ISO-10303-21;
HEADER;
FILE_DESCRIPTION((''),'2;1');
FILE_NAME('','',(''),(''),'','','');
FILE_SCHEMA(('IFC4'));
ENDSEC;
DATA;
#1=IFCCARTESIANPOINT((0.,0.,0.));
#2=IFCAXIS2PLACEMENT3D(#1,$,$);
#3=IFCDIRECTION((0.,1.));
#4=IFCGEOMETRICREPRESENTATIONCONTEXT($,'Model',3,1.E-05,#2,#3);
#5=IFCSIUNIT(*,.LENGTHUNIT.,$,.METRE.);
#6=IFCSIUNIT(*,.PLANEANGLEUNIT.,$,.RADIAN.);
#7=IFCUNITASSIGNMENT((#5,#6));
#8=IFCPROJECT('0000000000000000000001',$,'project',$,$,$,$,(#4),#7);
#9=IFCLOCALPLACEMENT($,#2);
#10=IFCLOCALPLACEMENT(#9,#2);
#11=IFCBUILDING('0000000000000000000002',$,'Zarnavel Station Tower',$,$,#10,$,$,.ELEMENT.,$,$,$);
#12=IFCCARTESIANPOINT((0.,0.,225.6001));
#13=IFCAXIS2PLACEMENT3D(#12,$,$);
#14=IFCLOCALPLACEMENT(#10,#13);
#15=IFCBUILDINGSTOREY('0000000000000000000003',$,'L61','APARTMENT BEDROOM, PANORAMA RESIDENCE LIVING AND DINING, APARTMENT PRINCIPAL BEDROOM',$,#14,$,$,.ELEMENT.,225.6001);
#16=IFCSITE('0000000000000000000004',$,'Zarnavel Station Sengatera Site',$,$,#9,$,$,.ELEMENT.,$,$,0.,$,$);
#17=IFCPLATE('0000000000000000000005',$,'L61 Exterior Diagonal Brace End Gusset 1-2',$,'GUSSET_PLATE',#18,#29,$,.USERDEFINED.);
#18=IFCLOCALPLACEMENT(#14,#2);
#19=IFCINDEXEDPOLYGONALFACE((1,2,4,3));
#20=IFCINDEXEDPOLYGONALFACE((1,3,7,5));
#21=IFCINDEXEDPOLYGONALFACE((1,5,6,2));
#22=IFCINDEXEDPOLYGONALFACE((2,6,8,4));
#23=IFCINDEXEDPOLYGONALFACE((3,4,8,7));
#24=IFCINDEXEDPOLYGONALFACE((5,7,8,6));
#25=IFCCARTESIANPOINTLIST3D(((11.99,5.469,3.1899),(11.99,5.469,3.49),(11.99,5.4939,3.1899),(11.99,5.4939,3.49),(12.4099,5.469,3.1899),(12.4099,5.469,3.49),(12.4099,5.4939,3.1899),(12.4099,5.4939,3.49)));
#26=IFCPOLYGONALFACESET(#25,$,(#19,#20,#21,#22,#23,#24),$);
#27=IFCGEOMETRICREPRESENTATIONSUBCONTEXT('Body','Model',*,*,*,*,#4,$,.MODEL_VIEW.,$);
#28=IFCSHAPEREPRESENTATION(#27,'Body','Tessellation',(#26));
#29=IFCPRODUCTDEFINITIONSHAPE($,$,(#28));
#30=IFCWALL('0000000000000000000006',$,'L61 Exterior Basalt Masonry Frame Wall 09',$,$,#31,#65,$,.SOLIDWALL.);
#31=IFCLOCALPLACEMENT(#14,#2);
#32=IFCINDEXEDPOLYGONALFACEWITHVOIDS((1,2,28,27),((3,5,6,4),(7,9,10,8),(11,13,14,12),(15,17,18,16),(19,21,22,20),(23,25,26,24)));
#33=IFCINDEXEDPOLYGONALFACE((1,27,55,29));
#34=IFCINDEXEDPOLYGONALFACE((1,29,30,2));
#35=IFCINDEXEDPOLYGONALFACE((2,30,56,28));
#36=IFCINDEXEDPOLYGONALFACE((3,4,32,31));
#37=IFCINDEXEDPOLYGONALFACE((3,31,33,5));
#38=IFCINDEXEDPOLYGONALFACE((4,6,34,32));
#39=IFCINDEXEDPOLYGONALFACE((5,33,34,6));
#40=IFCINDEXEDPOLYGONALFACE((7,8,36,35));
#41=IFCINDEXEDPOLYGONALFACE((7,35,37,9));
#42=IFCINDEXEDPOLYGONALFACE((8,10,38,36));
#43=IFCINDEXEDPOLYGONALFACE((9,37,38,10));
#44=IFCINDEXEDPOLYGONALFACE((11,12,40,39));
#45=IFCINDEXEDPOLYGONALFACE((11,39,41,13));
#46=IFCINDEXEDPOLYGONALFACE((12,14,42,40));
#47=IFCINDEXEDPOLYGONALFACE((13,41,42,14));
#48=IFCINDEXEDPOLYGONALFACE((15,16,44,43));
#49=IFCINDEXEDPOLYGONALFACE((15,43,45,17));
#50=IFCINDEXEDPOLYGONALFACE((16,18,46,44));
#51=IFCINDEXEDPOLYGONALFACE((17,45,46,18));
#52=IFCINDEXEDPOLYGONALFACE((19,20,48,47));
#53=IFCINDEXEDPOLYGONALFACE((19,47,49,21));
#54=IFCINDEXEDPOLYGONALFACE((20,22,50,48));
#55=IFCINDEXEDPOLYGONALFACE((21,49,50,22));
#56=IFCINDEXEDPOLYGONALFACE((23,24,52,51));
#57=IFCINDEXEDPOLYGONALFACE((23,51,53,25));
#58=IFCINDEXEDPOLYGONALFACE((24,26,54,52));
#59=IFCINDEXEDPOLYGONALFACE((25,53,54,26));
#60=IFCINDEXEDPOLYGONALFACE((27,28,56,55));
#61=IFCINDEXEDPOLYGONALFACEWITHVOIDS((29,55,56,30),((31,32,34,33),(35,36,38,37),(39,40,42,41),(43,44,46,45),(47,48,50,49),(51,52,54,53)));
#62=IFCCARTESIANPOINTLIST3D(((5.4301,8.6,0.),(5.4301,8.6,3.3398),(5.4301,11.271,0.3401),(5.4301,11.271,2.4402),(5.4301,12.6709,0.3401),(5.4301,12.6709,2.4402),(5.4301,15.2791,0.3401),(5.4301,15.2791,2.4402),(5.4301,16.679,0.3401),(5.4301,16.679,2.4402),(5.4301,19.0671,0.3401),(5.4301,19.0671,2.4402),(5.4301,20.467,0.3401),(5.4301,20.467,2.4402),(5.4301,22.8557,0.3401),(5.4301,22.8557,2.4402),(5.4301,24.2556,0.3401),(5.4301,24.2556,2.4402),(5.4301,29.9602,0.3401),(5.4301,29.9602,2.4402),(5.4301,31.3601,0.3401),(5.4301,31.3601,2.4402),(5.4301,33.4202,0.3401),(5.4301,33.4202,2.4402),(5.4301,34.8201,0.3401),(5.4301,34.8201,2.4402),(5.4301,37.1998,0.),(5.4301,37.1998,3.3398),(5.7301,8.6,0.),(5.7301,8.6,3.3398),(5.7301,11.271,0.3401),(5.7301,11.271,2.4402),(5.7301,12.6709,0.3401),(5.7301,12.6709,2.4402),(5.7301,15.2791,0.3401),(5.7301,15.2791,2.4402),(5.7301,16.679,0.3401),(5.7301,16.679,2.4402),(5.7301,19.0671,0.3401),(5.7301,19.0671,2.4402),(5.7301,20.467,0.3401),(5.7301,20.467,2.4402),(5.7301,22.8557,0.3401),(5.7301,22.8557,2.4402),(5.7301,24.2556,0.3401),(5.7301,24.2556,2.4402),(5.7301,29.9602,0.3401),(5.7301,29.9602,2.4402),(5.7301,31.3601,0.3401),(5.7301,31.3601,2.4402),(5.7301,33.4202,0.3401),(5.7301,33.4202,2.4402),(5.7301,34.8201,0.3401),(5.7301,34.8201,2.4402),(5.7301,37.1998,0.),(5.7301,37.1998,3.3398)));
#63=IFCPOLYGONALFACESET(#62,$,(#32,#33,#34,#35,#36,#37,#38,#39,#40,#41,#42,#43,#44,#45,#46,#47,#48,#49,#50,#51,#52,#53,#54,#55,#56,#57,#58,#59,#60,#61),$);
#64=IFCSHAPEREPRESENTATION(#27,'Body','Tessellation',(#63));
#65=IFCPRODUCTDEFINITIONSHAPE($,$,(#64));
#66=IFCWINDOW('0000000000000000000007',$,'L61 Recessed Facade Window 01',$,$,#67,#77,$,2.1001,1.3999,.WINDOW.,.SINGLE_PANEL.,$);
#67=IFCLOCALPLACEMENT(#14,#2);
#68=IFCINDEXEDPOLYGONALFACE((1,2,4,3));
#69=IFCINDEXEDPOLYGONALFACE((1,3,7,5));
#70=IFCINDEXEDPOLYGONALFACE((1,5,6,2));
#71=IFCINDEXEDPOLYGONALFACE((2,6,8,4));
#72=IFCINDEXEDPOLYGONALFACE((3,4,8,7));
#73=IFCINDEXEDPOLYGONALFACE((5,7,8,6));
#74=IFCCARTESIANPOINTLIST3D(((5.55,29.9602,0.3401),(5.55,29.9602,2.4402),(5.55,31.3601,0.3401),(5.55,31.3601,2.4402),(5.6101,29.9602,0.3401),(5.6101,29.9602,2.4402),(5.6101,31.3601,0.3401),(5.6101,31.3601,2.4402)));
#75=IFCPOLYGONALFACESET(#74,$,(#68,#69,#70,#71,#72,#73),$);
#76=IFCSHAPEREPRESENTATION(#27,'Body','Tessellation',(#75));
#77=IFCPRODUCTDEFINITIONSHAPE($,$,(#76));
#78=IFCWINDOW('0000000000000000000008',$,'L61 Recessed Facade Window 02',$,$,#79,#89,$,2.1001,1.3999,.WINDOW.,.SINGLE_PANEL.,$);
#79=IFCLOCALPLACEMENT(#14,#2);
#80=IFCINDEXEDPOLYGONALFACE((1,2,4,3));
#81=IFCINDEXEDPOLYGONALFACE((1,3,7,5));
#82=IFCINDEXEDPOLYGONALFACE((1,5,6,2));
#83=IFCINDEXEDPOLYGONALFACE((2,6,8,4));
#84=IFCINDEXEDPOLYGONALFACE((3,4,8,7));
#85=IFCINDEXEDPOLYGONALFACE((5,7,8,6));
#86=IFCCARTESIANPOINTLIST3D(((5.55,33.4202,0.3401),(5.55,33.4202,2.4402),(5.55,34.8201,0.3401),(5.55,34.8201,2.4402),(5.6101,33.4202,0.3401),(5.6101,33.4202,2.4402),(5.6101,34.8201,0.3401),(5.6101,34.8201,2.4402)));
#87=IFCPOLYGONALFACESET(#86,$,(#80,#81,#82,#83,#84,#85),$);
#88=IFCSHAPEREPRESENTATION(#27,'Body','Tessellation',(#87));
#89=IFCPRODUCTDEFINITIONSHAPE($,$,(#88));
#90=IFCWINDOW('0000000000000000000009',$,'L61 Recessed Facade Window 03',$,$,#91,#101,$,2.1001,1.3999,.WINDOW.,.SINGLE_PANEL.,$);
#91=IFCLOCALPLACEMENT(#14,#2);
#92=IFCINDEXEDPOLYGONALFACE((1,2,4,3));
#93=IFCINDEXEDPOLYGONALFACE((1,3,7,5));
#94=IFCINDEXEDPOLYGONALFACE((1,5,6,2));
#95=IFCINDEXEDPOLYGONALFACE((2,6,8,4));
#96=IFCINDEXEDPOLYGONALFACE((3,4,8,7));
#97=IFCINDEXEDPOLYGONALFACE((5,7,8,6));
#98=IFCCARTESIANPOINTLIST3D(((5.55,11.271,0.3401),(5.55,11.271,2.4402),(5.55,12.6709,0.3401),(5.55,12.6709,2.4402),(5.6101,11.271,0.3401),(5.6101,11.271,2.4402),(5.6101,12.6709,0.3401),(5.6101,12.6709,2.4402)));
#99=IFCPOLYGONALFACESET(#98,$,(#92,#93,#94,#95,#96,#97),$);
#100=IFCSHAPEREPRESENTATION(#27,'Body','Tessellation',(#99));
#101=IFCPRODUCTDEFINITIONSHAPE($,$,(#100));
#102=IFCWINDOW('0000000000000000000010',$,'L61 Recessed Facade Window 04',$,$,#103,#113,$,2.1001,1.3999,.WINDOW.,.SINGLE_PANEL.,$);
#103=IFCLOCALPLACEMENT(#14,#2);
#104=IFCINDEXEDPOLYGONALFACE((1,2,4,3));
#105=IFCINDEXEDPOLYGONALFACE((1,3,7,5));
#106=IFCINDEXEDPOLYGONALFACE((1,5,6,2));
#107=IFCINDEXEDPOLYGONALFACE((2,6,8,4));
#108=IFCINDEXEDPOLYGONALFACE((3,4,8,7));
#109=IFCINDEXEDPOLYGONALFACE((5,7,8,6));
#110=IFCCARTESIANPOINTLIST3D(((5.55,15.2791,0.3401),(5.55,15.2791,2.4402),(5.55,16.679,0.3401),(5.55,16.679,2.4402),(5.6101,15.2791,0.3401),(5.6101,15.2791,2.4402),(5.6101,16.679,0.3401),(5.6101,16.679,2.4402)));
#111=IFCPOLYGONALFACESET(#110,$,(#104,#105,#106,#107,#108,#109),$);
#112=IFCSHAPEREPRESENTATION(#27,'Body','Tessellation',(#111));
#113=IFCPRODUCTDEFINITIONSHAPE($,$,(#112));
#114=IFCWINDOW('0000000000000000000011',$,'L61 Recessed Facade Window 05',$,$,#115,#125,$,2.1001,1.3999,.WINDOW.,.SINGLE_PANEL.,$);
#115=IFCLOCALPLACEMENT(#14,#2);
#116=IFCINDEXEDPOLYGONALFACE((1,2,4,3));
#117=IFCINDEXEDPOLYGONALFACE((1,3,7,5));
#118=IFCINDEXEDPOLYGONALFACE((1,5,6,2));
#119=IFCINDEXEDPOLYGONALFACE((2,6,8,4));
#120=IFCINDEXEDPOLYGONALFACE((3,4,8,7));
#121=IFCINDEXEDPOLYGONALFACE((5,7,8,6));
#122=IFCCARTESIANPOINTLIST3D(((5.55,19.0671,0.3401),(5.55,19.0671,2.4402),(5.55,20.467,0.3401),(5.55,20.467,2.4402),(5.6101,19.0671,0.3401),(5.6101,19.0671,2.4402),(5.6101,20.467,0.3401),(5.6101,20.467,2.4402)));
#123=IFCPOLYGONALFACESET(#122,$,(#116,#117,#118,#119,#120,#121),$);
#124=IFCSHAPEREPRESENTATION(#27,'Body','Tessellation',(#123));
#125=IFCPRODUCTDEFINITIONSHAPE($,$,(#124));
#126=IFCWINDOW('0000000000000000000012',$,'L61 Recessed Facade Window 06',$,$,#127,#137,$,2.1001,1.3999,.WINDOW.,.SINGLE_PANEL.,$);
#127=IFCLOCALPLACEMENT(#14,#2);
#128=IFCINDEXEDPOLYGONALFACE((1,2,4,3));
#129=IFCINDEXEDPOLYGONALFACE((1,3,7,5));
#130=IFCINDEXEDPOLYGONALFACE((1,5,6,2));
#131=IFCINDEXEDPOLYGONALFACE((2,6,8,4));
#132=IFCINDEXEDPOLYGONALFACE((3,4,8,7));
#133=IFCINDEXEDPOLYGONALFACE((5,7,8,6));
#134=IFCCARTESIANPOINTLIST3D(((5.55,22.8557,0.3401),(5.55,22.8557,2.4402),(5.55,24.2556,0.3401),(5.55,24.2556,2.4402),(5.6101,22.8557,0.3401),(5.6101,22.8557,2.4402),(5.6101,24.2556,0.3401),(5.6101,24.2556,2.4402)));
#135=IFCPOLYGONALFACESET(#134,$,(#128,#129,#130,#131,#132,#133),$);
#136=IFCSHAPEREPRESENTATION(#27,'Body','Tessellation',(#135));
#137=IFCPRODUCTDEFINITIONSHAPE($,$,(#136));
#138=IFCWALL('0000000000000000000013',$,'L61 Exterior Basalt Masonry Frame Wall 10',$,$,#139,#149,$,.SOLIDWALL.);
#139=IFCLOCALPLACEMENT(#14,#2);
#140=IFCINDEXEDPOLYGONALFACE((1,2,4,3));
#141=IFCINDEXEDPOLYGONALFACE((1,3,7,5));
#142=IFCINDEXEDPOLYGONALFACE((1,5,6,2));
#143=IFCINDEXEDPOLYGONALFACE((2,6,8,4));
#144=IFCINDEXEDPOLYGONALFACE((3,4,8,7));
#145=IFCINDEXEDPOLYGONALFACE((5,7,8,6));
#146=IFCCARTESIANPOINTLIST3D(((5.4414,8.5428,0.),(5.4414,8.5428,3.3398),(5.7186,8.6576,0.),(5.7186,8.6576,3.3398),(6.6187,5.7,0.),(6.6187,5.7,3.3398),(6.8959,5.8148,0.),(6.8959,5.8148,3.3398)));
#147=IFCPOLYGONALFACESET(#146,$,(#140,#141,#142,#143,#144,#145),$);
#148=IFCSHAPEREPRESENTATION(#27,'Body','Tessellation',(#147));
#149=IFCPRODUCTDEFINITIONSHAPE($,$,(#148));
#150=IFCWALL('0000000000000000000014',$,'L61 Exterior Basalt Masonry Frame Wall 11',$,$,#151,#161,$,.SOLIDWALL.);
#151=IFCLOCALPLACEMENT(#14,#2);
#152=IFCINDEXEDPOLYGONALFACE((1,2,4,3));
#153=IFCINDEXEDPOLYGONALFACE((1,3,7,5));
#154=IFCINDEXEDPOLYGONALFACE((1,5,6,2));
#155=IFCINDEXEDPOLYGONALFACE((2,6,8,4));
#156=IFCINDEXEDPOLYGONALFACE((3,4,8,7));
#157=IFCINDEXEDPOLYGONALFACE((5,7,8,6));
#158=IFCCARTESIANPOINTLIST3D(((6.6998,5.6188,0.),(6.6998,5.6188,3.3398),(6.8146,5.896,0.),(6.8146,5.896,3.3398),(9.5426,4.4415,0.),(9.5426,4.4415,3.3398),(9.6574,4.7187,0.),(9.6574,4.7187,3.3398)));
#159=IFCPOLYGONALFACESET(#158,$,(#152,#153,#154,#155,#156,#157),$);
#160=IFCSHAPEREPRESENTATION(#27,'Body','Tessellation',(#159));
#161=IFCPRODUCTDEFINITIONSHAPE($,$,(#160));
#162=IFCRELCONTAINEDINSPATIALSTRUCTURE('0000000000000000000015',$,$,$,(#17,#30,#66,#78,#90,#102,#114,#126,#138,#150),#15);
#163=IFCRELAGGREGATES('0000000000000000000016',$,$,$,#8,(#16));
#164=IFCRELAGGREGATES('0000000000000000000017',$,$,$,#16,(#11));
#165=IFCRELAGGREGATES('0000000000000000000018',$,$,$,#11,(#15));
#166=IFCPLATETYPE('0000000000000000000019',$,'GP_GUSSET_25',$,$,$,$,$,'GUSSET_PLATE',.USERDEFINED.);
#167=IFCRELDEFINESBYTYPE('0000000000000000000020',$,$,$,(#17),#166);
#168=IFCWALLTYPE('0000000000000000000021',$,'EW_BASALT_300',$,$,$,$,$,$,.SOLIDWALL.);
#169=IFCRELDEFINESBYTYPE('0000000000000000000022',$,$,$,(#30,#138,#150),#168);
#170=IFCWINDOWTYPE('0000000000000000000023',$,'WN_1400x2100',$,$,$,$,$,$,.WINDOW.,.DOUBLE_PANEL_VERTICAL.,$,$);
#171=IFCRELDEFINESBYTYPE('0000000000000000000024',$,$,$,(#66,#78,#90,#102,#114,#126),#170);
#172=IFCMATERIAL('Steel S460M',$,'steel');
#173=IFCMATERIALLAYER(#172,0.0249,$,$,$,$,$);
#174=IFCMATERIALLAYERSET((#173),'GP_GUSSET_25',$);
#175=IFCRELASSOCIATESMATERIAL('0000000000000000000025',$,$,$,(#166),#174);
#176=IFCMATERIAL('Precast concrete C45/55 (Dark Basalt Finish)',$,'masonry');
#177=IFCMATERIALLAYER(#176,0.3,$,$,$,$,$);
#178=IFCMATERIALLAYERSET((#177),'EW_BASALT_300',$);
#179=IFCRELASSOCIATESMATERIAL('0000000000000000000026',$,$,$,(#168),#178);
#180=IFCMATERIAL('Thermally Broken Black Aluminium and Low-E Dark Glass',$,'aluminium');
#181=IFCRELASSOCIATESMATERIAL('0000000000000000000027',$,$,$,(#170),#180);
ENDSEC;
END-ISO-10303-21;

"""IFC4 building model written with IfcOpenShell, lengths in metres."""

from ifc_helpers import new_model, si_unit, direction, frame, frame_2d, origin, origin_2d, place, context, subcontext, project, spatial, rectangle, extrude, material, layer, layer_set, type_object, element, fill, save


model = new_model("IFC4")

# Units and contexts
model_context = context("Model", 3, precision=1e-05, world=origin(), true_north=direction((0.0, 1.0)))
body_context = subcontext(model_context, "Body", "Model", "MODEL_VIEW")
ifc_project = project(units=[si_unit("LENGTHUNIT", "METRE"), si_unit("PLANEANGLEUNIT", "RADIAN")], contexts=[model_context])

# Site, building, storey
site_placement = place(None, origin())
site = spatial("IfcSite", under=ifc_project, at=site_placement, Name="Zarnavel Station Sengatera Site", CompositionType="ELEMENT", RefElevation=0.0)
building_placement = place(site_placement, origin())
building = spatial("IfcBuilding", under=site, at=building_placement, Name="Zarnavel Station Tower", CompositionType="ELEMENT")
storey_placement = place(building_placement, frame((0.0, 0.0, 225.6001)))
storey = spatial("IfcBuildingStorey", under=building, at=storey_placement, Name="L61", Description="APARTMENT BEDROOM, PANORAMA RESIDENCE LIVING AND DINING, APARTMENT PRINCIPAL BEDROOM", CompositionType="ELEMENT", Elevation=225.6001)

# Plate
ifc_material_1 = material(Name="Steel S460M", Category="steel")
ifc_layer_1 = layer(ifc_material_1, 0.0249)
ifc_layer_set_1 = layer_set([ifc_layer_1], Name="GP_GUSSET_25")
plate_type = type_object("IfcPlateType", Name="GP_GUSSET_25", ElementType="GUSSET_PLATE", PredefinedType="USERDEFINED", material=ifc_layer_set_1)
plate_placement = place(storey_placement, frame((12.2, 5.4814, 3.1899), z_axis=(0.0, 0.0, 1.0), x_axis=(1.0, 0.0, 0.0)))
element("IfcPlate", 1, at=plate_placement, inside=storey, type_object=plate_type, Name="L61 Exterior Diagonal Brace End Gusset 1-2", ObjectType="GUSSET_PLATE", PredefinedType="USERDEFINED", context=body_context, shape_type="SweptSolid", body=[
    extrude(rectangle(XDim=0.4199, YDim=0.0249, at=origin_2d()), origin(), (0.0, 0.0, 1.0), 0.3),
])

# Wall, openings, windows
ifc_material_2 = material(Name="Precast concrete C45/55 (Dark Basalt Finish)", Category="masonry")
ifc_layer_2 = layer(ifc_material_2, 0.3)
ifc_layer_set_2 = layer_set([ifc_layer_2], Name="EW_BASALT_300")
wall_type_1 = type_object("IfcWallType", Name="EW_BASALT_300", PredefinedType="SOLIDWALL", material=ifc_layer_set_2)
wall_1_placement = place(storey_placement, frame((5.5801, 8.6001, 0.0), z_axis=(0.0, 0.0, 1.0), x_axis=(0.0, 1.0, 0.0)))
wall_1 = element("IfcWall", 2, at=wall_1_placement, inside=storey, type_object=wall_type_1, Name="L61 Exterior Basalt Masonry Frame Wall 09", PredefinedType="SOLIDWALL", context=body_context, shape_type="SweptSolid", body=[
    extrude(rectangle(XDim=28.5999, YDim=0.3, at=frame_2d((14.2998, 0.0))), origin(), (0.0, 0.0, 1.0), 3.3398),
])
opening_1_placement = place(wall_1_placement, frame((21.3601, 0.0, 0.3401)))
opening_1 = element("IfcOpeningElement", 3, at=opening_1_placement, cuts=wall_1, PredefinedType="OPENING", context=body_context, shape_type="SweptSolid", body=[
    extrude(rectangle(XDim=1.3999, YDim=2.1001, at=frame_2d((0.7, 1.05))), frame((0.0, 0.1599, 0.0), z_axis=(0.0, -1.0, 0.0), x_axis=(1.0, 0.0, 0.0)), (0.0, 0.0, 1.0), 0.3201),
])
opening_2_placement = place(wall_1_placement, frame((24.8201, 0.0, 0.3401)))
opening_2 = element("IfcOpeningElement", 4, at=opening_2_placement, cuts=wall_1, PredefinedType="OPENING", context=body_context, shape_type="SweptSolid", body=[
    extrude(rectangle(XDim=1.3999, YDim=2.1001, at=frame_2d((0.7, 1.05))), frame((0.0, 0.1599, 0.0), z_axis=(0.0, -1.0, 0.0), x_axis=(1.0, 0.0, 0.0)), (0.0, 0.0, 1.0), 0.3201),
])
opening_3_placement = place(wall_1_placement, frame((2.6709, 0.0, 0.3401)))
opening_3 = element("IfcOpeningElement", 5, at=opening_3_placement, cuts=wall_1, PredefinedType="OPENING", context=body_context, shape_type="SweptSolid", body=[
    extrude(rectangle(XDim=1.3999, YDim=2.1001, at=frame_2d((0.7, 1.05))), frame((0.0, 0.1599, 0.0), z_axis=(0.0, -1.0, 0.0), x_axis=(1.0, 0.0, 0.0)), (0.0, 0.0, 1.0), 0.3201),
])
opening_4_placement = place(wall_1_placement, frame((6.679, 0.0, 0.3401)))
opening_4 = element("IfcOpeningElement", 6, at=opening_4_placement, cuts=wall_1, PredefinedType="OPENING", context=body_context, shape_type="SweptSolid", body=[
    extrude(rectangle(XDim=1.3999, YDim=2.1001, at=frame_2d((0.7, 1.05))), frame((0.0, 0.1599, 0.0), z_axis=(0.0, -1.0, 0.0), x_axis=(1.0, 0.0, 0.0)), (0.0, 0.0, 1.0), 0.3201),
])
opening_5_placement = place(wall_1_placement, frame((10.467, 0.0, 0.3401)))
opening_5 = element("IfcOpeningElement", 7, at=opening_5_placement, cuts=wall_1, PredefinedType="OPENING", context=body_context, shape_type="SweptSolid", body=[
    extrude(rectangle(XDim=1.3999, YDim=2.1001, at=frame_2d((0.7, 1.05))), frame((0.0, 0.1599, 0.0), z_axis=(0.0, -1.0, 0.0), x_axis=(1.0, 0.0, 0.0)), (0.0, 0.0, 1.0), 0.3201),
])
opening_6_placement = place(wall_1_placement, frame((14.2556, 0.0, 0.3401)))
opening_6 = element("IfcOpeningElement", 8, at=opening_6_placement, cuts=wall_1, PredefinedType="OPENING", context=body_context, shape_type="SweptSolid", body=[
    extrude(rectangle(XDim=1.3999, YDim=2.1001, at=frame_2d((0.7, 1.05))), frame((0.0, 0.1599, 0.0), z_axis=(0.0, -1.0, 0.0), x_axis=(1.0, 0.0, 0.0)), (0.0, 0.0, 1.0), 0.3201),
])
ifc_material_3 = material(Name="Thermally Broken Black Aluminium and Low-E Dark Glass", Category="aluminium")
window_type = type_object("IfcWindowType", Name="WN_1400x2100", PartitioningType="DOUBLE_PANEL_VERTICAL", PredefinedType="WINDOW", material=ifc_material_3)
window_1_placement = place(opening_1_placement, origin())
window_1 = element("IfcWindow", 9, at=window_1_placement, inside=storey, type_object=window_type, Name="L61 Recessed Facade Window 01", OverallHeight=2.1001, OverallWidth=1.3999, PartitioningType="SINGLE_PANEL", PredefinedType="WINDOW", context=body_context, shape_type="SweptSolid", body=[
    extrude(rectangle(XDim=1.3999, YDim=2.1001, at=frame_2d((0.7, 1.05))), frame((0.0, 0.03, 0.0), z_axis=(0.0, -1.0, 0.0), x_axis=(1.0, 0.0, 0.0)), (0.0, 0.0, 1.0), 0.0601),
])
fill(opening_1, window_1)
window_2_placement = place(opening_2_placement, origin())
window_2 = element("IfcWindow", 10, at=window_2_placement, inside=storey, type_object=window_type, Name="L61 Recessed Facade Window 02", OverallHeight=2.1001, OverallWidth=1.3999, PartitioningType="SINGLE_PANEL", PredefinedType="WINDOW", context=body_context, shape_type="SweptSolid", body=[
    extrude(rectangle(XDim=1.3999, YDim=2.1001, at=frame_2d((0.7, 1.05))), frame((0.0, 0.03, 0.0), z_axis=(0.0, -1.0, 0.0), x_axis=(1.0, 0.0, 0.0)), (0.0, 0.0, 1.0), 0.0601),
])
fill(opening_2, window_2)
window_3_placement = place(opening_3_placement, origin())
window_3 = element("IfcWindow", 11, at=window_3_placement, inside=storey, type_object=window_type, Name="L61 Recessed Facade Window 03", OverallHeight=2.1001, OverallWidth=1.3999, PartitioningType="SINGLE_PANEL", PredefinedType="WINDOW", context=body_context, shape_type="SweptSolid", body=[
    extrude(rectangle(XDim=1.3999, YDim=2.1001, at=frame_2d((0.7, 1.05))), frame((0.0, 0.03, 0.0), z_axis=(0.0, -1.0, 0.0), x_axis=(1.0, 0.0, 0.0)), (0.0, 0.0, 1.0), 0.0601),
])
fill(opening_3, window_3)
window_4_placement = place(opening_4_placement, origin())
window_4 = element("IfcWindow", 12, at=window_4_placement, inside=storey, type_object=window_type, Name="L61 Recessed Facade Window 04", OverallHeight=2.1001, OverallWidth=1.3999, PartitioningType="SINGLE_PANEL", PredefinedType="WINDOW", context=body_context, shape_type="SweptSolid", body=[
    extrude(rectangle(XDim=1.3999, YDim=2.1001, at=frame_2d((0.7, 1.05))), frame((0.0, 0.03, 0.0), z_axis=(0.0, -1.0, 0.0), x_axis=(1.0, 0.0, 0.0)), (0.0, 0.0, 1.0), 0.0601),
])
fill(opening_4, window_4)
window_5_placement = place(opening_5_placement, origin())
window_5 = element("IfcWindow", 13, at=window_5_placement, inside=storey, type_object=window_type, Name="L61 Recessed Facade Window 05", OverallHeight=2.1001, OverallWidth=1.3999, PartitioningType="SINGLE_PANEL", PredefinedType="WINDOW", context=body_context, shape_type="SweptSolid", body=[
    extrude(rectangle(XDim=1.3999, YDim=2.1001, at=frame_2d((0.7, 1.05))), frame((0.0, 0.03, 0.0), z_axis=(0.0, -1.0, 0.0), x_axis=(1.0, 0.0, 0.0)), (0.0, 0.0, 1.0), 0.0601),
])
fill(opening_5, window_5)
window_6_placement = place(opening_6_placement, origin())
window_6 = element("IfcWindow", 14, at=window_6_placement, inside=storey, type_object=window_type, Name="L61 Recessed Facade Window 06", OverallHeight=2.1001, OverallWidth=1.3999, PartitioningType="SINGLE_PANEL", PredefinedType="WINDOW", context=body_context, shape_type="SweptSolid", body=[
    extrude(rectangle(XDim=1.3999, YDim=2.1001, at=frame_2d((0.7, 1.05))), frame((0.0, 0.03, 0.0), z_axis=(0.0, -1.0, 0.0), x_axis=(1.0, 0.0, 0.0)), (0.0, 0.0, 1.0), 0.0601),
])
fill(opening_6, window_6)

# Walls
for number, where, z_axis, x_axis, name in (
    (15, (6.7573, 5.7573, 0.0), (0.0, 0.0, 1.0), (-0.382609, 0.92391, 0.0), "L61 Exterior Basalt Masonry Frame Wall 10"),
    (16, (9.6001, 4.5801, 0.0), (0.0, 0.0, 1.0), (-0.92391, 0.382609, 0.0), "L61 Exterior Basalt Masonry Frame Wall 11"),
):
    element("IfcWall", number, at=place(storey_placement, frame(where, z_axis=z_axis, x_axis=x_axis)), inside=storey, type_object=wall_type_1, Name=name, PredefinedType="SOLIDWALL", context=body_context, shape_type="SweptSolid", body=[
        extrude(rectangle(XDim=3.0769, YDim=0.3, at=frame_2d((1.5386, 0.0))), origin(), (0.0, 0.0, 1.0), 3.3398),
    ])

save(model, "model.ifc")
